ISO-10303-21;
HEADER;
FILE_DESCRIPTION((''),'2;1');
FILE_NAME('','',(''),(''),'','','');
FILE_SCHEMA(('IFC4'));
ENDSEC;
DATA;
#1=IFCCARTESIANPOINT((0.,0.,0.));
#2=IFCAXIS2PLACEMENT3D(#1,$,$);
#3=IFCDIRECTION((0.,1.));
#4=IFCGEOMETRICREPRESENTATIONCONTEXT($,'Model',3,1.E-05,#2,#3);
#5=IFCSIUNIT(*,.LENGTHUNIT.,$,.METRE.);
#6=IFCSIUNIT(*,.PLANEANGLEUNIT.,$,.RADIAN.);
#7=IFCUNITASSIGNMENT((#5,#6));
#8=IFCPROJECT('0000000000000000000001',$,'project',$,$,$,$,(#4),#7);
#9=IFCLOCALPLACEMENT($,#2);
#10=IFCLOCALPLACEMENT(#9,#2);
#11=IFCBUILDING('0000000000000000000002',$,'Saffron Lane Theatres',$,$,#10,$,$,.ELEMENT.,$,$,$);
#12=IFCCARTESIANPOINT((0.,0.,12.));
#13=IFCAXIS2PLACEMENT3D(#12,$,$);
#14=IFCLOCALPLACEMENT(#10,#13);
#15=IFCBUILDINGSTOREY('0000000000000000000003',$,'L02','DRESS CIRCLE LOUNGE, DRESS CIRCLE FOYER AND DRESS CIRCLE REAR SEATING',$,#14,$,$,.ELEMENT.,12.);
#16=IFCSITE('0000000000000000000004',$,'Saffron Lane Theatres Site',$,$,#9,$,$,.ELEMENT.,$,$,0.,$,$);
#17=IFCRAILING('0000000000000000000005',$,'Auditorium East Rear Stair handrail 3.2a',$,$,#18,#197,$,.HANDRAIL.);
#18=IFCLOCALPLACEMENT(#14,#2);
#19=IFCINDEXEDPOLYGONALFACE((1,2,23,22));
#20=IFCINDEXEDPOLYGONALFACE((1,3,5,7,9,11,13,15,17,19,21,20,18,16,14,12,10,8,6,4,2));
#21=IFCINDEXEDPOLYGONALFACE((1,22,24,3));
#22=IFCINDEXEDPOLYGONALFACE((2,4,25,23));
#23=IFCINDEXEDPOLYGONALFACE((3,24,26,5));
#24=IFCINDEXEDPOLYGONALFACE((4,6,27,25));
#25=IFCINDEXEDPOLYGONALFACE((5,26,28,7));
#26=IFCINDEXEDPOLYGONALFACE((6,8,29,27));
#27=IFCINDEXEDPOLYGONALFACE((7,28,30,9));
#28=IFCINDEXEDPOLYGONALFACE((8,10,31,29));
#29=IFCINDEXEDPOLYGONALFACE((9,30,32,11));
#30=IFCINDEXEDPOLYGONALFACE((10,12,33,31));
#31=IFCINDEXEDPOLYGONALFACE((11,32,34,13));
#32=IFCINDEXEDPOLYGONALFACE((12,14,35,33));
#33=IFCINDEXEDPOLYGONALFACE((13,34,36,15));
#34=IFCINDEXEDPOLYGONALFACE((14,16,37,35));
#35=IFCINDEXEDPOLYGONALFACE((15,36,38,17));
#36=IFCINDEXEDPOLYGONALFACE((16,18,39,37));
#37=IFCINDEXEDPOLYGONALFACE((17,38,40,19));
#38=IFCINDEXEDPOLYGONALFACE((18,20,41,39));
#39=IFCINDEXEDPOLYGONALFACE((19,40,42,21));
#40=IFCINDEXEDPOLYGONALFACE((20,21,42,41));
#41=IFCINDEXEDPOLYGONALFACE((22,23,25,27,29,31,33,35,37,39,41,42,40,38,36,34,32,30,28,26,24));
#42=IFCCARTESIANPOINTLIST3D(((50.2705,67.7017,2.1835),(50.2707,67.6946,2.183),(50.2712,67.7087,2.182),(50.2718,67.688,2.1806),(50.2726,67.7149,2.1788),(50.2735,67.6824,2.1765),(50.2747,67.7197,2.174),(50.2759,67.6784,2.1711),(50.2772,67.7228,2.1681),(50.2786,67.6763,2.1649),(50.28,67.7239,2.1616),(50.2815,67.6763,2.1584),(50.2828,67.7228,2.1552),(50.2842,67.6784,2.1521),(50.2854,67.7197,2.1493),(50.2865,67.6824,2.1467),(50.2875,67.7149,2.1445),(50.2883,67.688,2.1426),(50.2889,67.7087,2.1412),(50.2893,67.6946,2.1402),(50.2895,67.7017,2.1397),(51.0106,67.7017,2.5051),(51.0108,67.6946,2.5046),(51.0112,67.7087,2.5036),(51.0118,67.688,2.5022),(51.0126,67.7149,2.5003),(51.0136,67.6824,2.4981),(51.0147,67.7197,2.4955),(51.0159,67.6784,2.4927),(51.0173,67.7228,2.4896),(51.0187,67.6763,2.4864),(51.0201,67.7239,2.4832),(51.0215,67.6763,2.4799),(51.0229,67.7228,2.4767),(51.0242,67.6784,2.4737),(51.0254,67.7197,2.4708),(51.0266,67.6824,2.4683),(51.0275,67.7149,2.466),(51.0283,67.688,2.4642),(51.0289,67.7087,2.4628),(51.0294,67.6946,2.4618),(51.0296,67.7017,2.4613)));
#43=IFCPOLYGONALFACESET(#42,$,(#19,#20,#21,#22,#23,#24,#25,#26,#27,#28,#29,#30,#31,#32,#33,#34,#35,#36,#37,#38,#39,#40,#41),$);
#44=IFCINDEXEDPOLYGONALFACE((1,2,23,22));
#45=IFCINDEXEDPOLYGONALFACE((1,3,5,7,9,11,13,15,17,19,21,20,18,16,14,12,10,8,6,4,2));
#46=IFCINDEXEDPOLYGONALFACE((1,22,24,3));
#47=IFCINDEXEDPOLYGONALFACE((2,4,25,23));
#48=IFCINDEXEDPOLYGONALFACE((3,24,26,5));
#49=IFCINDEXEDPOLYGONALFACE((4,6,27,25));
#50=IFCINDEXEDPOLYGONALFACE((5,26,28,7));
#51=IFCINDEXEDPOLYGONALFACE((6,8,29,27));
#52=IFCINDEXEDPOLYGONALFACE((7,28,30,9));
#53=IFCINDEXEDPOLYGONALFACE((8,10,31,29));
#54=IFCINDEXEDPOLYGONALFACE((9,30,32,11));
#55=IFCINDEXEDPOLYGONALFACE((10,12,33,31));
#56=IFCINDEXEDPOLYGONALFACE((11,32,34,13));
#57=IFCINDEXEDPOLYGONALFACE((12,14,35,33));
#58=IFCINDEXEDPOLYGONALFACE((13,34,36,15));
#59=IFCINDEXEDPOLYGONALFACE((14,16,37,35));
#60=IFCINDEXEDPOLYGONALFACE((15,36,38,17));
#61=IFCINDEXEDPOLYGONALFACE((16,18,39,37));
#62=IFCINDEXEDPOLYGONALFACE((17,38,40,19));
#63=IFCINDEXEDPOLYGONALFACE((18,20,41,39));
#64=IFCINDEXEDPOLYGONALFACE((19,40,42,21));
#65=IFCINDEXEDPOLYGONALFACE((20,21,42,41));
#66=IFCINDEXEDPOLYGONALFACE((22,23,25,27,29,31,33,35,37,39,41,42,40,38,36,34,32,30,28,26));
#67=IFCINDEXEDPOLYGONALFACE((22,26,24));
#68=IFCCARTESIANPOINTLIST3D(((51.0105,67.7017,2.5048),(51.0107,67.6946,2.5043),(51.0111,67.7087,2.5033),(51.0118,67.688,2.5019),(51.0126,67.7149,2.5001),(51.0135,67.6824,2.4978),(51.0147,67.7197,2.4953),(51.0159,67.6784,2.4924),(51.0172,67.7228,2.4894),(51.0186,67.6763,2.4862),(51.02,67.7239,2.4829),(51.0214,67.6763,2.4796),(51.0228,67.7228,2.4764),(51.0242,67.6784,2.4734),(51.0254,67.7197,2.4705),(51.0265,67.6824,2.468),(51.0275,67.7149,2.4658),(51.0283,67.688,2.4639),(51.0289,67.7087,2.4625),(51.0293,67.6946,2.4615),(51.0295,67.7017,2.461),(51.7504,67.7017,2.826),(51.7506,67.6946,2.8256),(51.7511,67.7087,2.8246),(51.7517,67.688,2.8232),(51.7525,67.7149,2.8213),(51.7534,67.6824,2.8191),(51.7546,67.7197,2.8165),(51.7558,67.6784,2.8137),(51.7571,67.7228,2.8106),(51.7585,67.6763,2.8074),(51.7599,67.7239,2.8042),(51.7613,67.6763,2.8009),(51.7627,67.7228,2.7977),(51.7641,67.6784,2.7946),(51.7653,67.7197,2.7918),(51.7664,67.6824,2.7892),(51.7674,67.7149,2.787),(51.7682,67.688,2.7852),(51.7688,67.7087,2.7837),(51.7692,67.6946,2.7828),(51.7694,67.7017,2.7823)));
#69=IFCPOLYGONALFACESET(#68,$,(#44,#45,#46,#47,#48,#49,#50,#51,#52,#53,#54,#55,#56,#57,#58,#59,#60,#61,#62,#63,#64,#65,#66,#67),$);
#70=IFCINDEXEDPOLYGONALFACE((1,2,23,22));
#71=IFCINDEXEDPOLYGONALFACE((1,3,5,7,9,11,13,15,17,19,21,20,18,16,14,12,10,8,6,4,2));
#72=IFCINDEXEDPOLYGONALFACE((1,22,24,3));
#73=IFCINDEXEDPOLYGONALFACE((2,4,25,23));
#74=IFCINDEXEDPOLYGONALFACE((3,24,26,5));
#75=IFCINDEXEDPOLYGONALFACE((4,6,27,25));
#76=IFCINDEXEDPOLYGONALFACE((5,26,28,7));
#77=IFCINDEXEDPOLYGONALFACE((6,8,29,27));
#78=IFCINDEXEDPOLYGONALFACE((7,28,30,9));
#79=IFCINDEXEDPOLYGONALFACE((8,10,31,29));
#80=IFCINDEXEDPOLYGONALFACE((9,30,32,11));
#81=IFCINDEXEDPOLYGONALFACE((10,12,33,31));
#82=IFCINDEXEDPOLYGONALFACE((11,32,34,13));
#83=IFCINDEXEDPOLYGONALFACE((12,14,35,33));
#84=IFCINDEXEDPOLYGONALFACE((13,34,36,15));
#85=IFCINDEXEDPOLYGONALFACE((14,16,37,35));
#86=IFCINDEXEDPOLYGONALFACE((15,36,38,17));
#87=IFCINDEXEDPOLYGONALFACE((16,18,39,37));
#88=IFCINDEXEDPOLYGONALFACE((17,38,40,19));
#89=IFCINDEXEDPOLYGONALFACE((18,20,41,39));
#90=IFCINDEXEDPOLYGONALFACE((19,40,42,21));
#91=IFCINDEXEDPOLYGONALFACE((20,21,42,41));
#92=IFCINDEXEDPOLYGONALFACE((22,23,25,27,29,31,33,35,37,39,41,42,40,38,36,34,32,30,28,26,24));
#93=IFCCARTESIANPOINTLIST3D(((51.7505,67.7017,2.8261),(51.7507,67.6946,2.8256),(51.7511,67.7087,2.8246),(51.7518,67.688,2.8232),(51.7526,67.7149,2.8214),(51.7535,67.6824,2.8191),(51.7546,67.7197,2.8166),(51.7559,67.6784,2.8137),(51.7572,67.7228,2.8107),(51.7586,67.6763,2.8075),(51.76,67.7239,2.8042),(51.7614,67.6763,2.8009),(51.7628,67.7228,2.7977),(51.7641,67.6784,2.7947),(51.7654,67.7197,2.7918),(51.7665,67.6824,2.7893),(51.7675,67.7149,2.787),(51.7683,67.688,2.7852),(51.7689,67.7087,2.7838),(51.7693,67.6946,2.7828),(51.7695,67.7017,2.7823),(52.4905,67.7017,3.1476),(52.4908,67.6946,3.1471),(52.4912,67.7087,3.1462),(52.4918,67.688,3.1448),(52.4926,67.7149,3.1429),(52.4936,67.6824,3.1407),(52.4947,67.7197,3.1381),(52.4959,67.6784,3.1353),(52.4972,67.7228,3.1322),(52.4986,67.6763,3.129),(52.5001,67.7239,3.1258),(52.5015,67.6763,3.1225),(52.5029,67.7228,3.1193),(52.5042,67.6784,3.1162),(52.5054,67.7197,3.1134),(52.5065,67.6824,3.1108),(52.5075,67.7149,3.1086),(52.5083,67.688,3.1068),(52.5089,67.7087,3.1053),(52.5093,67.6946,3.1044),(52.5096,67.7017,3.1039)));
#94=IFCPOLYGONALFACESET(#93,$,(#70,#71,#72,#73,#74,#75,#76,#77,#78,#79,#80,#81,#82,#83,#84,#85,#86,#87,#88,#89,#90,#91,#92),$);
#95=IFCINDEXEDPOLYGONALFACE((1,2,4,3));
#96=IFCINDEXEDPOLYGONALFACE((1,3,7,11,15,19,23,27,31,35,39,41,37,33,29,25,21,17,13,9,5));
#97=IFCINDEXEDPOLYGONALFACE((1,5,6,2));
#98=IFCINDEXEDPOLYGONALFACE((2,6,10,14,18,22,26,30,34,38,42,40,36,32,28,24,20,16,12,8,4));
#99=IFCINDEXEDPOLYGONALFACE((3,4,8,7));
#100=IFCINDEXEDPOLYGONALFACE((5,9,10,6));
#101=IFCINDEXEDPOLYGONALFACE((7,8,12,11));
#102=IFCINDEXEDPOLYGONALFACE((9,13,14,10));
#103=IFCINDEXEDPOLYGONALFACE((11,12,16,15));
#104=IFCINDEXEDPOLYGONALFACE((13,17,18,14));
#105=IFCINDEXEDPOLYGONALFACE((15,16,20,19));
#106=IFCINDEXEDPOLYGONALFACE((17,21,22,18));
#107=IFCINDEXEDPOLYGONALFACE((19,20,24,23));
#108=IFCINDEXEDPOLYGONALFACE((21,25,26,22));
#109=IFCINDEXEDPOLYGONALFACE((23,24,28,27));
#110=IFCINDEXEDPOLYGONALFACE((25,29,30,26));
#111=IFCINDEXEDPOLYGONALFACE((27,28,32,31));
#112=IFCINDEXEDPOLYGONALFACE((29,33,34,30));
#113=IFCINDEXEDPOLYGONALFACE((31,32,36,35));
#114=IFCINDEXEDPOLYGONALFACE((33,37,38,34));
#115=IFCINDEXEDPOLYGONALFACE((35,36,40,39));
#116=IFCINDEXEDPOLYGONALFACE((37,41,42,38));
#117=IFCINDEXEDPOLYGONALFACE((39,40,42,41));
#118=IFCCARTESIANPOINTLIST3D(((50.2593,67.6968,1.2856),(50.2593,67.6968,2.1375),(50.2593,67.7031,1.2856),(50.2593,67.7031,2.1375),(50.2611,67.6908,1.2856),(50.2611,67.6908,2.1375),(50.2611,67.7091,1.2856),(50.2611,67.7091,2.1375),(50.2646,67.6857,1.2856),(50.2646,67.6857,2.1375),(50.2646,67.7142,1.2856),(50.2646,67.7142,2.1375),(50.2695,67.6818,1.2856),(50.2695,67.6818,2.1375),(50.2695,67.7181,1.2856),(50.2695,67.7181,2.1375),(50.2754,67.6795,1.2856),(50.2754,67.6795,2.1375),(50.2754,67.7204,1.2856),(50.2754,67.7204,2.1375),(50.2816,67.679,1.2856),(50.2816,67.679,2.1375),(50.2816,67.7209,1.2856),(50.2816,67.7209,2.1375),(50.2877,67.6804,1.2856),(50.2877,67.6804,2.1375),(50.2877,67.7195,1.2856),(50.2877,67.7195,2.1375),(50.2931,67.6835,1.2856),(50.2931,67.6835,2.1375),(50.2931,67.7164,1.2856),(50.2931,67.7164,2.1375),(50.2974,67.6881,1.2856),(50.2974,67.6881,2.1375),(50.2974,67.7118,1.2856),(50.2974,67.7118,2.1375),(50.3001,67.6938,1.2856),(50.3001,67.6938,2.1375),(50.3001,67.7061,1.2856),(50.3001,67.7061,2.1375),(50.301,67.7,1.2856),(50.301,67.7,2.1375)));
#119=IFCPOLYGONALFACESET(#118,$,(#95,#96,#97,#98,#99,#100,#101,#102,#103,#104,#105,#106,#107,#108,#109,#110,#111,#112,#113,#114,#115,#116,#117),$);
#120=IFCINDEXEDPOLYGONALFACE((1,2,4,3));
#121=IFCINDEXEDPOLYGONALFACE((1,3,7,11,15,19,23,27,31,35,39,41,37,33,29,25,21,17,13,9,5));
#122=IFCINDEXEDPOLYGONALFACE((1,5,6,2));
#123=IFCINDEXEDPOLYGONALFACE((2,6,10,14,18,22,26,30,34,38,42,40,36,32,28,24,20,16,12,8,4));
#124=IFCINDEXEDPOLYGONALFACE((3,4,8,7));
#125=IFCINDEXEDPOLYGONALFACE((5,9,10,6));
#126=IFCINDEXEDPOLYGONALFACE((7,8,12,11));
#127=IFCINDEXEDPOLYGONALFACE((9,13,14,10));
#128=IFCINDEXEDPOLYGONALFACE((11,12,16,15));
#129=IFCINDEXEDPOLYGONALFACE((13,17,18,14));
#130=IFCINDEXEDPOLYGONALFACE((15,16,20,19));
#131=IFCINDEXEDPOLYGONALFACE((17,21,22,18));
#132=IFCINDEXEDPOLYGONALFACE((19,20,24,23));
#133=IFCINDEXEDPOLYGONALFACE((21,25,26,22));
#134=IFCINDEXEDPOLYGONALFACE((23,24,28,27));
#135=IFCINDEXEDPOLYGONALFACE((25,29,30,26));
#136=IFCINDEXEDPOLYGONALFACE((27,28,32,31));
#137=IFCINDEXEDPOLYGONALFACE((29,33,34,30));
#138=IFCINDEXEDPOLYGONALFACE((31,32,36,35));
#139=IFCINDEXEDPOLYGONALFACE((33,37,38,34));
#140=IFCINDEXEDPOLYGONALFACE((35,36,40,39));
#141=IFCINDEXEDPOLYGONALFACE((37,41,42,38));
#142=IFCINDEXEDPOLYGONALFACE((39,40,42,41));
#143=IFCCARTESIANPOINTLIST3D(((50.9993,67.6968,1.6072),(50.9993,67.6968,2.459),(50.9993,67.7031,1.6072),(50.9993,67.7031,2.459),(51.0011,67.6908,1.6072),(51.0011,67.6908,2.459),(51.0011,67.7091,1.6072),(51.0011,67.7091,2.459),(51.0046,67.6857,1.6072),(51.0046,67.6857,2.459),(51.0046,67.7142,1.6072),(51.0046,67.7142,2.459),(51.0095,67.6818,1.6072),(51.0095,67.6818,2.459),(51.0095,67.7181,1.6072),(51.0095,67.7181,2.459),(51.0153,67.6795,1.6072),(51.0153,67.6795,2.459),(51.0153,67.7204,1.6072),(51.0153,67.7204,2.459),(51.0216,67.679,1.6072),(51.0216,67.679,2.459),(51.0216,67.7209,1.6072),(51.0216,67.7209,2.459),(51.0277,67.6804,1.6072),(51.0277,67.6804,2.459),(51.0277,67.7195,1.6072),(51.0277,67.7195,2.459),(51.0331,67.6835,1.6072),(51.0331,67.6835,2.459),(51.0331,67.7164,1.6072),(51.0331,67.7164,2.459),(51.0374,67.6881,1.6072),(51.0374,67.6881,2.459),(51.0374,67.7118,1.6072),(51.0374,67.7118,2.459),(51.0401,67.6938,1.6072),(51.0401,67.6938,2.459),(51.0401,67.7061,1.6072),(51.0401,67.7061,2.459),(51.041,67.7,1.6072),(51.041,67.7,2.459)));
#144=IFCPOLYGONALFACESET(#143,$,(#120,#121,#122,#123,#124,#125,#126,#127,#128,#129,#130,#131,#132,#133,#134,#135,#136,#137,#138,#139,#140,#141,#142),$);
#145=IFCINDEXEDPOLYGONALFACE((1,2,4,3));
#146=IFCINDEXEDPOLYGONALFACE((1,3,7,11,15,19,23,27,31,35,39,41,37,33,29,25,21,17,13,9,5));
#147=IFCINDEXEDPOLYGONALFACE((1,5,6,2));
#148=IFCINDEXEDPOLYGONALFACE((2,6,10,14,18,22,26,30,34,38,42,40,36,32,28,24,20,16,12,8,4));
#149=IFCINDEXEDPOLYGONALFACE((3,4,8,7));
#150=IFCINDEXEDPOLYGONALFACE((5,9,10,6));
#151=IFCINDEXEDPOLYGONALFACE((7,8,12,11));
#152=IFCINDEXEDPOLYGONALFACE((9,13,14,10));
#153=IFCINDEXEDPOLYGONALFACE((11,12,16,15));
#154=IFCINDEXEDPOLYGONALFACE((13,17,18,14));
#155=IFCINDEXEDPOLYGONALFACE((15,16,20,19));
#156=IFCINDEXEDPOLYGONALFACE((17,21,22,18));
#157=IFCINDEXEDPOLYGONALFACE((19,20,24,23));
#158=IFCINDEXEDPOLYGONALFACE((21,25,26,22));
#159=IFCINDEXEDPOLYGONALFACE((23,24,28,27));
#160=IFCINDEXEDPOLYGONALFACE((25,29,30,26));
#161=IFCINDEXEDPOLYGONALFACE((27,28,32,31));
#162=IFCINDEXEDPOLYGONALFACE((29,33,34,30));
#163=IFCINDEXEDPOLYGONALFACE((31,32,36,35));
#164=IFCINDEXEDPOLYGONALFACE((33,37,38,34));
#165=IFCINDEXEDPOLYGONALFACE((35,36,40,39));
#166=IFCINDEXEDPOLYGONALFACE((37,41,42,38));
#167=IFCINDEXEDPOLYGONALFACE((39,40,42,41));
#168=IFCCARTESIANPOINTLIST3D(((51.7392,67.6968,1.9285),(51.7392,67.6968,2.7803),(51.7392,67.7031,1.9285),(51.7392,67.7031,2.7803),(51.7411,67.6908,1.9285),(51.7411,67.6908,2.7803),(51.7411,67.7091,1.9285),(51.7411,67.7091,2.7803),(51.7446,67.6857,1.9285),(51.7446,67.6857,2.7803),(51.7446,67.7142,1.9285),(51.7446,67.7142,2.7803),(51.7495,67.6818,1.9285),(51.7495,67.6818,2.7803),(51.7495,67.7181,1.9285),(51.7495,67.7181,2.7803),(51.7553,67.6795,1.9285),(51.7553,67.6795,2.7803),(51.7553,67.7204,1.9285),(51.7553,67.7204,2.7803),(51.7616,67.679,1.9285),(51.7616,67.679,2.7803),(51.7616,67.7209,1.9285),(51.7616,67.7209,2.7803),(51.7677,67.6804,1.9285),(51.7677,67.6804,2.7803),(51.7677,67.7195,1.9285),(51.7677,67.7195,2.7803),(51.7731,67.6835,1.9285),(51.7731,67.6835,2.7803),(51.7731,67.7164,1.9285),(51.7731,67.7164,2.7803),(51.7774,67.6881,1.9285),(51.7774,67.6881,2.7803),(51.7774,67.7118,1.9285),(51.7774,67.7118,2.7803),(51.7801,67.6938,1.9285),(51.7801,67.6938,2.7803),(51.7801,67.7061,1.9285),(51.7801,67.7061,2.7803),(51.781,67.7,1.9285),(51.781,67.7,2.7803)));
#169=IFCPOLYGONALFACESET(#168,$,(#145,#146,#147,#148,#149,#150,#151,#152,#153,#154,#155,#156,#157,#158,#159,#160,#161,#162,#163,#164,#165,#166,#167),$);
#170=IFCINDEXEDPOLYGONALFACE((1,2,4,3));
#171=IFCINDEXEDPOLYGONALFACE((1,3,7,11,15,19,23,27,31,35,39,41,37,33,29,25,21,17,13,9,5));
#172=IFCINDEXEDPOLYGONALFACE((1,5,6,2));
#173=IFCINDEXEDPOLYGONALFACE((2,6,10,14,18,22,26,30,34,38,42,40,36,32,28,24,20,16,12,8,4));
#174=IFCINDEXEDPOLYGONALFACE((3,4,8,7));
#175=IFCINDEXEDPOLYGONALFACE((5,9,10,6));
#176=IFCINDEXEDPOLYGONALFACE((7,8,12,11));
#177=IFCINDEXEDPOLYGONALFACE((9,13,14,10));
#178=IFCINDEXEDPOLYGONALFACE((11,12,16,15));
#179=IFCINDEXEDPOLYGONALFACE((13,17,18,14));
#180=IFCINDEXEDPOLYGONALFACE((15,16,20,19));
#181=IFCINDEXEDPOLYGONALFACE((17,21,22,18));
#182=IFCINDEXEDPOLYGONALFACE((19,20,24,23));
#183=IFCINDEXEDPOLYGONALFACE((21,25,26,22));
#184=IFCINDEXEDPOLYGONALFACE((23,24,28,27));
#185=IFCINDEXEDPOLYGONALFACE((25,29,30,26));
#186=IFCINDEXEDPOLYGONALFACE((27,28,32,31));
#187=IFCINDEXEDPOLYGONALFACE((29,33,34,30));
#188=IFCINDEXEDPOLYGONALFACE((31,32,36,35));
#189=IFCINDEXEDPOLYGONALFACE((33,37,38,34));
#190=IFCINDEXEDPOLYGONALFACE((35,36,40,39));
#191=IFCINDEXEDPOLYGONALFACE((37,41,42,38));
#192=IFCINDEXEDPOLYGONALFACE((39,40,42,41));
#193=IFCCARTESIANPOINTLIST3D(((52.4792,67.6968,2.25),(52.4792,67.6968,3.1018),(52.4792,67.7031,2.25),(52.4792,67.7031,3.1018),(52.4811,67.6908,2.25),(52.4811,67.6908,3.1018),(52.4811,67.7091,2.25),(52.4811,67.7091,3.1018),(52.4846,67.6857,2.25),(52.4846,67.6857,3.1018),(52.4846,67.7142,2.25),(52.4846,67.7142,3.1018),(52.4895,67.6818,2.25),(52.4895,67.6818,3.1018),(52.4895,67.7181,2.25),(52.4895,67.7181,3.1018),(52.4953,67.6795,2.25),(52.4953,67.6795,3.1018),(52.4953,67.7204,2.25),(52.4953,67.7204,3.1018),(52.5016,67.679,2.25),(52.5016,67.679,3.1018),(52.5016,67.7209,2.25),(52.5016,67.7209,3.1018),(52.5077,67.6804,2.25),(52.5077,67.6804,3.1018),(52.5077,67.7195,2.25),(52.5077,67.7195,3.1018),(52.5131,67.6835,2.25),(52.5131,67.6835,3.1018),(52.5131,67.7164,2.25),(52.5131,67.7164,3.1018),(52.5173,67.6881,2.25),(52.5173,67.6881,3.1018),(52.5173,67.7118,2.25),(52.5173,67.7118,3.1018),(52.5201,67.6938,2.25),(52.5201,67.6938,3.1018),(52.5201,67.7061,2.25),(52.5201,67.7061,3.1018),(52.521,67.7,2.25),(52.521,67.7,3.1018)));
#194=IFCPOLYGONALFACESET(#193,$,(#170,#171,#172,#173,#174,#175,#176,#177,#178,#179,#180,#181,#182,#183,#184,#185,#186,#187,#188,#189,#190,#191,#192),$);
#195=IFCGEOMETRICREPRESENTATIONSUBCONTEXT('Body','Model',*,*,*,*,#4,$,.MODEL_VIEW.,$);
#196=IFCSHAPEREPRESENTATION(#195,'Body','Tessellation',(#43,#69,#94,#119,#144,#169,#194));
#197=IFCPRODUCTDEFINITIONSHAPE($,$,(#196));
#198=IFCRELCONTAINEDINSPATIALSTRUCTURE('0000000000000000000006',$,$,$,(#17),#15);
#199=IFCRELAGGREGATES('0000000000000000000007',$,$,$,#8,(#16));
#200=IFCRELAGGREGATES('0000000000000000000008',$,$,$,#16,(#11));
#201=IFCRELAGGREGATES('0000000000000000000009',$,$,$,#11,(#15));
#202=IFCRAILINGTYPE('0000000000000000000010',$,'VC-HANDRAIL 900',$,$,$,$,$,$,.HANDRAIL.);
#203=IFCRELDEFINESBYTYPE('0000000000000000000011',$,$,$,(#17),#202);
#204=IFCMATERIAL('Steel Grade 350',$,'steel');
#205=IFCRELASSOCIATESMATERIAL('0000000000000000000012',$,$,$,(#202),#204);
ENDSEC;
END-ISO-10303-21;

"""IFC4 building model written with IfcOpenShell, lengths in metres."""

from ifc_helpers import new_model, si_unit, direction, frame, origin, origin_2d, place, context, subcontext, project, spatial, circle, extrude, material, type_object, element, save


model = new_model("IFC4")

# Units and contexts
model_context = context("Model", 3, precision=1e-05, world=origin(), true_north=direction((0.0, 1.0)))
body_context = subcontext(model_context, "Body", "Model", "MODEL_VIEW")
ifc_project = project(units=[si_unit("LENGTHUNIT", "METRE"), si_unit("PLANEANGLEUNIT", "RADIAN")], contexts=[model_context])

# Site, building, storey
site_placement = place(None, origin())
site = spatial("IfcSite", under=ifc_project, at=site_placement, Name="Saffron Lane Theatres Site", CompositionType="ELEMENT", RefElevation=0.0)
building_placement = place(site_placement, origin())
building = spatial("IfcBuilding", under=site, at=building_placement, Name="Saffron Lane Theatres", CompositionType="ELEMENT")
storey_placement = place(building_placement, frame((0.0, 0.0, 12.0)))
storey = spatial("IfcBuildingStorey", under=building, at=storey_placement, Name="L02", Description="DRESS CIRCLE LOUNGE, DRESS CIRCLE FOYER AND DRESS CIRCLE REAR SEATING", CompositionType="ELEMENT", Elevation=12.0)

# Railing
ifc_material_1 = material(Name="Steel Grade 350", Category="steel")
railing_type_1 = type_object("IfcRailingType", Name="VC-HANDRAIL 900", PredefinedType="HANDRAIL", material=ifc_material_1)
for number, where, name in (
    (1, (50.28, 67.7, 1.2856), "Auditorium East Rear Stair handrail 3.2a"),
):
    element("IfcRailing", number, at=place(storey_placement, frame(where)), inside=storey, type_object=railing_type_1, Name=name, PredefinedType="HANDRAIL", context=body_context, shape_type="SweptSolid", body=[
        extrude(circle(Radius=0.0239, at=origin_2d()), frame((0.0, 0.0, 0.876), z_axis=(0.917161, 0.0, 0.398516), x_axis=(0.0, 1.0, 0.0)), (0.0, 0.0, 1.0), 0.8069),
        extrude(circle(Radius=0.0239, at=origin_2d()), frame((0.74, 0.0, 1.1973), z_axis=(0.917272, 0.0, 0.398261), x_axis=(0.0, 1.0, 0.0)), (0.0, 0.0, 1.0), 0.8066),
        extrude(circle(Radius=0.0239, at=origin_2d()), frame((1.48, 0.0, 1.5186), z_axis=(0.917161, 0.0, 0.398516), x_axis=(0.0, 1.0, 0.0)), (0.0, 0.0, 1.0), 0.8069),
        extrude(circle(Radius=0.021, at=origin_2d()), origin(), (0.0, 0.0, 1.0), 0.8518),
        extrude(circle(Radius=0.021, at=origin_2d()), frame((0.74, 0.0, 0.3215)), (0.0, 0.0, 1.0), 0.8518),
        extrude(circle(Radius=0.021, at=origin_2d()), frame((1.48, 0.0, 0.6428)), (0.0, 0.0, 1.0), 0.8518),
        extrude(circle(Radius=0.021, at=origin_2d()), frame((2.22, 0.0, 0.9644)), (0.0, 0.0, 1.0), 0.8518),
    ])

save(model, "model.ifc")
